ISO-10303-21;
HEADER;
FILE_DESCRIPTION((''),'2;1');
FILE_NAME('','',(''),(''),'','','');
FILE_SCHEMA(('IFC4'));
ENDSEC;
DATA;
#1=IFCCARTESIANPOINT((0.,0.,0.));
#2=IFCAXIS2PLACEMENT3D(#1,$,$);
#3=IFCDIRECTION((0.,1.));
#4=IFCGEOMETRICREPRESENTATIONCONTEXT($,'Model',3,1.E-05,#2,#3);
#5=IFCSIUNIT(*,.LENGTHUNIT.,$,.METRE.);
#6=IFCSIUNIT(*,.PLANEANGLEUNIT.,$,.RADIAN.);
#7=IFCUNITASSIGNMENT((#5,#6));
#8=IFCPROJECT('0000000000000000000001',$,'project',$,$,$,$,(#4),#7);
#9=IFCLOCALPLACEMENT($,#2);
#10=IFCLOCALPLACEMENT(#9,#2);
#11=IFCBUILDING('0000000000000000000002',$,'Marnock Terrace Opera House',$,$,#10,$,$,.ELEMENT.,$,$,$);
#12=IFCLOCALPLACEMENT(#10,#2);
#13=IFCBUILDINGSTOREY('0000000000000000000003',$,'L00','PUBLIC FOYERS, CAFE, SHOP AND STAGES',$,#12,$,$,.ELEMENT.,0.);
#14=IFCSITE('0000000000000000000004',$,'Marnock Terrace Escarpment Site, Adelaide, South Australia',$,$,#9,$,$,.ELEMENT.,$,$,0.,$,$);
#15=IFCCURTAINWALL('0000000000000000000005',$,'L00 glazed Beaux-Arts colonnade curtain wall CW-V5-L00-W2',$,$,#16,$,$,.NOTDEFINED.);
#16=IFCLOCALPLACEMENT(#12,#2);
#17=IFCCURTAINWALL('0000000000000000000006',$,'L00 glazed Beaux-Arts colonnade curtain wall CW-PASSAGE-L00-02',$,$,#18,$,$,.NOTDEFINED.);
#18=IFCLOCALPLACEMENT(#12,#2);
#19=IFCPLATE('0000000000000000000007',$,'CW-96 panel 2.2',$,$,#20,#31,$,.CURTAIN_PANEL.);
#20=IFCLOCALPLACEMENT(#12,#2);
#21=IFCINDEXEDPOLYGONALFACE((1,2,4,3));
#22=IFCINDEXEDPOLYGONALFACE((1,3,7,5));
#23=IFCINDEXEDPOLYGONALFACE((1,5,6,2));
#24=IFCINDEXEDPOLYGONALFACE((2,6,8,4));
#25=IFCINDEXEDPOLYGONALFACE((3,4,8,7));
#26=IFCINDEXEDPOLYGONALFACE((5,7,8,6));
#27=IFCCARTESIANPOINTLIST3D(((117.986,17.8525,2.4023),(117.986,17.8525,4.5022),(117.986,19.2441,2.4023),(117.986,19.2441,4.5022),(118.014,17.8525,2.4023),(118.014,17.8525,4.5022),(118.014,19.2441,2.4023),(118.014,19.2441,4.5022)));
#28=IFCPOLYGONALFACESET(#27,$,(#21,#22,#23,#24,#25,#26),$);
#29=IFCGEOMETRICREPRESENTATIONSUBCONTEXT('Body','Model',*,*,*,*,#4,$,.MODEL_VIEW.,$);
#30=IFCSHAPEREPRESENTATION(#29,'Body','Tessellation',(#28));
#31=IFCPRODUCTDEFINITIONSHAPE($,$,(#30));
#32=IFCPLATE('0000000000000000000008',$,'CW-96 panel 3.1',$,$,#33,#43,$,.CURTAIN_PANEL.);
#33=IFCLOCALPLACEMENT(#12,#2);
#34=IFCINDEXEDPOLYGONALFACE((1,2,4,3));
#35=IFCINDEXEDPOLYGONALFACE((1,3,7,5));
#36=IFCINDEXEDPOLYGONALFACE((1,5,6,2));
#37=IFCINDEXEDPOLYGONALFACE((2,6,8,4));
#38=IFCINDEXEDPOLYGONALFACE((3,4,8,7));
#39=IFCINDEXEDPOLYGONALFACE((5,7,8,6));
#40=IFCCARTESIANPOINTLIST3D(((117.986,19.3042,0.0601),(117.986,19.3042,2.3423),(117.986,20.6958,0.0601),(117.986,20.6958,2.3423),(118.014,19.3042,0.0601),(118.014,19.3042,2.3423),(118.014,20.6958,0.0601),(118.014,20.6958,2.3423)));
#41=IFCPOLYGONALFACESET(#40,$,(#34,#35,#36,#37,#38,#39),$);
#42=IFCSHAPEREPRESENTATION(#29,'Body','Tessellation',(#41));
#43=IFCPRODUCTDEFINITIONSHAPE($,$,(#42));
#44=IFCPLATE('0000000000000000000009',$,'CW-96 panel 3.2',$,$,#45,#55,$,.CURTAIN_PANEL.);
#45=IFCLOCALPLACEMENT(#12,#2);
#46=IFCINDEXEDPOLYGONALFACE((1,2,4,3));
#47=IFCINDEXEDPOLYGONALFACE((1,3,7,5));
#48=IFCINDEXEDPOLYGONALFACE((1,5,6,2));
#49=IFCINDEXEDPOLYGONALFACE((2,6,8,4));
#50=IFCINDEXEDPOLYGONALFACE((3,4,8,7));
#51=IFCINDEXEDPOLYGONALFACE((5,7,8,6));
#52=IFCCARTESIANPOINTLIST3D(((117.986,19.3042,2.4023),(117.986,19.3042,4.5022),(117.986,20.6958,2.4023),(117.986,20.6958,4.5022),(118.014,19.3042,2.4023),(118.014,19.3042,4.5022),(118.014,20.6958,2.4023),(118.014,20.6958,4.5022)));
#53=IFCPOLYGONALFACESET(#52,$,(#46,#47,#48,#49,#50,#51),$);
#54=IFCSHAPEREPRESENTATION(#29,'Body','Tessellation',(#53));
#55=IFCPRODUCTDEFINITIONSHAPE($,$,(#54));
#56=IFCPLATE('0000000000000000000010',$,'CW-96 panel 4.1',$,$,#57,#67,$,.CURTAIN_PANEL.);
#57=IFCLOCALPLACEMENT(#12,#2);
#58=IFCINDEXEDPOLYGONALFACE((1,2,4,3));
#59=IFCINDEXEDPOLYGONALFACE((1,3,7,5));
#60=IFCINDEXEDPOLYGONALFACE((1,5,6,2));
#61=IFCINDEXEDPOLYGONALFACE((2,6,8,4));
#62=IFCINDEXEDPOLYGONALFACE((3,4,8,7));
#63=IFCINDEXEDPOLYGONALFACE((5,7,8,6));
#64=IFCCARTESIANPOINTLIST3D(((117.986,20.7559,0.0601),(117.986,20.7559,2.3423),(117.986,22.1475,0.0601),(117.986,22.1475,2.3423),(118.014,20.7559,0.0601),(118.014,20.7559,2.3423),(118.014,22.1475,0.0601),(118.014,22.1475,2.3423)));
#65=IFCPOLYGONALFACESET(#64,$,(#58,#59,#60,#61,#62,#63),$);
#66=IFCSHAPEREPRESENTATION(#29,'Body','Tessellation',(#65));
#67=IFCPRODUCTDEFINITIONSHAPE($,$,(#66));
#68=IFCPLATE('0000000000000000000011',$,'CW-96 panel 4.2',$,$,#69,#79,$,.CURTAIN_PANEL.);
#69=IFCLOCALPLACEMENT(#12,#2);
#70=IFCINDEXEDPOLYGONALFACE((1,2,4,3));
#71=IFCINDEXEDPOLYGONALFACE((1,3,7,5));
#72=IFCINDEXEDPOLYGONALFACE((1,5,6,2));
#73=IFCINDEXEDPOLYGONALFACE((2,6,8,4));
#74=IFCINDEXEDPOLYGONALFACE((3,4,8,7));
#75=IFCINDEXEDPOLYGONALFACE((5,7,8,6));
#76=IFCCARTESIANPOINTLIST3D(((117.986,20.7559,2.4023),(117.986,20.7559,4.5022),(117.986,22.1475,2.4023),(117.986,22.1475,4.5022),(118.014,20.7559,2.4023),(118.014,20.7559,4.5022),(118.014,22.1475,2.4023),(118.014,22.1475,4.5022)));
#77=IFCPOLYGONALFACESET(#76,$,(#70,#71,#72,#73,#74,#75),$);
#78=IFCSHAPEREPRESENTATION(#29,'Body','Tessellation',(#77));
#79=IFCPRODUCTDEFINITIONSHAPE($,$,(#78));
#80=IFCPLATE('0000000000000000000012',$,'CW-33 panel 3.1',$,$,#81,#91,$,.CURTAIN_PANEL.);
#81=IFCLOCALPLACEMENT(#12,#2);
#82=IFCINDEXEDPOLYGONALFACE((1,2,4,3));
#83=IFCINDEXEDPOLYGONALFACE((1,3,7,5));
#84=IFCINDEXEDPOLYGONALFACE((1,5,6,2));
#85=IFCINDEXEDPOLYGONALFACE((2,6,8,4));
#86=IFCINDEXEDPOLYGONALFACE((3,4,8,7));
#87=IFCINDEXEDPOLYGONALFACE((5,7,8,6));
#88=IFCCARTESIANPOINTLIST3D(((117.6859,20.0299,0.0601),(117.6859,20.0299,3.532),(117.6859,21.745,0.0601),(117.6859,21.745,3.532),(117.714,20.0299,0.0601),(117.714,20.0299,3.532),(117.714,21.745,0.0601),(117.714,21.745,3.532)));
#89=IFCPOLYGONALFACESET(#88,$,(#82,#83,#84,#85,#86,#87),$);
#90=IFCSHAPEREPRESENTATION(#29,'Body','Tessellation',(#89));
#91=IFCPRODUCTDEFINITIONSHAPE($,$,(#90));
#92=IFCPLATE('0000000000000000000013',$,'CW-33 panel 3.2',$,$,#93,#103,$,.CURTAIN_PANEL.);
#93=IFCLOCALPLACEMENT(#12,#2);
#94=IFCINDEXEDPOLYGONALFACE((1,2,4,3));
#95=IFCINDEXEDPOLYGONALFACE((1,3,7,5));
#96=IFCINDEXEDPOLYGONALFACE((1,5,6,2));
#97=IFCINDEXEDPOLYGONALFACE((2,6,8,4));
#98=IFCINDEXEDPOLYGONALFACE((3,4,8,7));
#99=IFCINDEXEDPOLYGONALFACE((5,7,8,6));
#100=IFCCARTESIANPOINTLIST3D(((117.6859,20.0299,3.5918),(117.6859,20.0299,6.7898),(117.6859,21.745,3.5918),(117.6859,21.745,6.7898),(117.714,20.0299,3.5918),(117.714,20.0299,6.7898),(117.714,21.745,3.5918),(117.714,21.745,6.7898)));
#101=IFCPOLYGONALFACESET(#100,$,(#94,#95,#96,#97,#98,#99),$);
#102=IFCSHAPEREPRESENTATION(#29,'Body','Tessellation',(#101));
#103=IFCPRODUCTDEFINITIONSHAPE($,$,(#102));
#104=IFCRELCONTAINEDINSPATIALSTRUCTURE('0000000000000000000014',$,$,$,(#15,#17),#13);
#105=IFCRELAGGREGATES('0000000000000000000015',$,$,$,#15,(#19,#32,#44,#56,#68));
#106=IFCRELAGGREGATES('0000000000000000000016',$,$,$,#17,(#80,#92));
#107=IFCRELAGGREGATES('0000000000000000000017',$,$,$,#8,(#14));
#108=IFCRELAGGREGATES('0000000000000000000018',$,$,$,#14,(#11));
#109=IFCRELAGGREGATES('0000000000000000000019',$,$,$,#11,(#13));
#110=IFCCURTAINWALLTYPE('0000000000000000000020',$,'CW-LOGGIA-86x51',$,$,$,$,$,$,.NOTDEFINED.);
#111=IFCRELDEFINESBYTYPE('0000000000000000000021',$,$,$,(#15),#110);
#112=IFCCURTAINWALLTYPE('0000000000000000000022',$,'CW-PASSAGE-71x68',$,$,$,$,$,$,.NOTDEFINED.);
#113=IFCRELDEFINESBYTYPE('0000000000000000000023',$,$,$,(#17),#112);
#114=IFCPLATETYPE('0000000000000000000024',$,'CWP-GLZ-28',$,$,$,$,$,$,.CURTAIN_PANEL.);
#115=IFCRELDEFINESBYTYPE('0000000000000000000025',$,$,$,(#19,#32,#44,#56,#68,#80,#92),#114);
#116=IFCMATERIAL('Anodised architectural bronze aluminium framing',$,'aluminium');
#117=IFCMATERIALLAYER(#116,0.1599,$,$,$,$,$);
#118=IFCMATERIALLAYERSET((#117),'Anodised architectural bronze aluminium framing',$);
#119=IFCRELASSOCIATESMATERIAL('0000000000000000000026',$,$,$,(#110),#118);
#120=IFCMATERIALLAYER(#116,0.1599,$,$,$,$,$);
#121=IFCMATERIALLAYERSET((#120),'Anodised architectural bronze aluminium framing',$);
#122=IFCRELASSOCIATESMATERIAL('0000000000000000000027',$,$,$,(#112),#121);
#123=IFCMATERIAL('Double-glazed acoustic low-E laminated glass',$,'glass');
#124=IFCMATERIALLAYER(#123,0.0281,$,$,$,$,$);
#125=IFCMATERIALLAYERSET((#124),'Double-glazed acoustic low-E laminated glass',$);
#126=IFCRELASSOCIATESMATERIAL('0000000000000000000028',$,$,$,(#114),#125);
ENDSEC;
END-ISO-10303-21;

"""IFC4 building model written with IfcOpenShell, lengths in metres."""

from ifc_helpers import new_model, si_unit, direction, frame, origin, origin_2d, place, context, subcontext, project, spatial, rectangle, extrude, material, layer, layer_set, type_object, element, aggregate, save


model = new_model("IFC4")

# Units and contexts
model_context = context("Model", 3, precision=1e-05, world=origin(), true_north=direction((0.0, 1.0)))
body_context = subcontext(model_context, "Body", "Model", "MODEL_VIEW")
ifc_project = project(units=[si_unit("LENGTHUNIT", "METRE"), si_unit("PLANEANGLEUNIT", "RADIAN")], contexts=[model_context])

# Site, building, storey
site_placement = place(None, origin())
site = spatial("IfcSite", under=ifc_project, at=site_placement, Name="Marnock Terrace Escarpment Site, Adelaide, South Australia", CompositionType="ELEMENT", RefElevation=0.0)
building_placement = place(site_placement, origin())
building = spatial("IfcBuilding", under=site, at=building_placement, Name="Marnock Terrace Opera House", CompositionType="ELEMENT")
storey_placement = place(building_placement, origin())
storey = spatial("IfcBuildingStorey", under=building, at=storey_placement, Name="L00", Description="PUBLIC FOYERS, CAFE, SHOP AND STAGES", CompositionType="ELEMENT", Elevation=0.0)

# Curtain walls
ifc_material_1 = material(Name="Anodised architectural bronze aluminium framing", Category="aluminium")
ifc_layer_1 = layer(ifc_material_1, 0.1599)
ifc_layer_set_1 = layer_set([ifc_layer_1], Name="Anodised architectural bronze aluminium framing")
curtain_wall_type_1 = type_object("IfcCurtainWallType", Name="CW-LOGGIA-86x51", PredefinedType="NOTDEFINED", material=ifc_layer_set_1)
curtain_wall_1_placement = place(storey_placement, origin())
curtain_wall_1 = element("IfcCurtainWall", 1, at=curtain_wall_1_placement, inside=storey, type_object=curtain_wall_type_1, Name="L00 glazed Beaux-Arts colonnade curtain wall CW-V5-L00-W2", PredefinedType="NOTDEFINED")
ifc_layer_2 = layer(ifc_material_1, 0.1599)
ifc_layer_set_2 = layer_set([ifc_layer_2], Name="Anodised architectural bronze aluminium framing")
curtain_wall_type_2 = type_object("IfcCurtainWallType", Name="CW-PASSAGE-71x68", PredefinedType="NOTDEFINED", material=ifc_layer_set_2)
curtain_wall_2_placement = place(storey_placement, origin())
curtain_wall_2 = element("IfcCurtainWall", 2, at=curtain_wall_2_placement, inside=storey, type_object=curtain_wall_type_2, Name="L00 glazed Beaux-Arts colonnade curtain wall CW-PASSAGE-L00-02", PredefinedType="NOTDEFINED")

# Plates
ifc_material_2 = material(Name="Double-glazed acoustic low-E laminated glass", Category="glass")
ifc_layer_3 = layer(ifc_material_2, 0.0281)
ifc_layer_set_3 = layer_set([ifc_layer_3], Name="Double-glazed acoustic low-E laminated glass")
plate_type = type_object("IfcPlateType", Name="CWP-GLZ-28", PredefinedType="CURTAIN_PANEL", material=ifc_layer_set_3)
plate_1_placement = place(storey_placement, frame((118.0, 18.5483, 2.4023), z_axis=(0.0, 0.0, 1.0), x_axis=(0.0, 1.0, 0.0)))
plate_1 = element("IfcPlate", 3, at=plate_1_placement, type_object=plate_type, Name="CW-96 panel 2.2", PredefinedType="CURTAIN_PANEL", context=body_context, shape_type="SweptSolid", body=[
    extrude(rectangle(XDim=1.3916, YDim=0.0281, at=origin_2d()), origin(), (0.0, 0.0, 1.0), 2.0999),
])
plate_2_placement = place(storey_placement, frame((118.0, 20.0, 0.0601), z_axis=(0.0, 0.0, 1.0), x_axis=(0.0, 1.0, 0.0)))
plate_2 = element("IfcPlate", 4, at=plate_2_placement, type_object=plate_type, Name="CW-96 panel 3.1", PredefinedType="CURTAIN_PANEL", context=body_context, shape_type="SweptSolid", body=[
    extrude(rectangle(XDim=1.3916, YDim=0.0281, at=origin_2d()), origin(), (0.0, 0.0, 1.0), 2.2822),
])
plate_3_placement = place(storey_placement, frame((118.0, 20.0, 2.4023), z_axis=(0.0, 0.0, 1.0), x_axis=(0.0, 1.0, 0.0)))
plate_3 = element("IfcPlate", 5, at=plate_3_placement, type_object=plate_type, Name="CW-96 panel 3.2", PredefinedType="CURTAIN_PANEL", context=body_context, shape_type="SweptSolid", body=[
    extrude(rectangle(XDim=1.3916, YDim=0.0281, at=origin_2d()), origin(), (0.0, 0.0, 1.0), 2.0999),
])
plate_4_placement = place(storey_placement, frame((118.0, 21.4517, 0.0601), z_axis=(0.0, 0.0, 1.0), x_axis=(0.0, 1.0, 0.0)))
plate_4 = element("IfcPlate", 6, at=plate_4_placement, type_object=plate_type, Name="CW-96 panel 4.1", PredefinedType="CURTAIN_PANEL", context=body_context, shape_type="SweptSolid", body=[
    extrude(rectangle(XDim=1.3916, YDim=0.0281, at=origin_2d()), origin(), (0.0, 0.0, 1.0), 2.2822),
])
plate_5_placement = place(storey_placement, frame((118.0, 21.4517, 2.4023), z_axis=(0.0, 0.0, 1.0), x_axis=(0.0, 1.0, 0.0)))
plate_5 = element("IfcPlate", 7, at=plate_5_placement, type_object=plate_type, Name="CW-96 panel 4.2", PredefinedType="CURTAIN_PANEL", context=body_context, shape_type="SweptSolid", body=[
    extrude(rectangle(XDim=1.3916, YDim=0.0281, at=origin_2d()), origin(), (0.0, 0.0, 1.0), 2.0999),
])
aggregate(curtain_wall_1, [plate_1, plate_2, plate_3, plate_4, plate_5])
plate_6_placement = place(storey_placement, frame((117.7, 20.8875, 0.0601), z_axis=(0.0, 0.0, 1.0), x_axis=(0.0, 1.0, 0.0)))
plate_6 = element("IfcPlate", 8, at=plate_6_placement, type_object=plate_type, Name="CW-33 panel 3.1", PredefinedType="CURTAIN_PANEL", context=body_context, shape_type="SweptSolid", body=[
    extrude(rectangle(XDim=1.7151, YDim=0.0281, at=origin_2d()), origin(), (0.0, 0.0, 1.0), 3.4719),
])
plate_7_placement = place(storey_placement, frame((117.7, 20.8875, 3.5918), z_axis=(0.0, 0.0, 1.0), x_axis=(0.0, 1.0, 0.0)))
plate_7 = element("IfcPlate", 9, at=plate_7_placement, type_object=plate_type, Name="CW-33 panel 3.2", PredefinedType="CURTAIN_PANEL", context=body_context, shape_type="SweptSolid", body=[
    extrude(rectangle(XDim=1.7151, YDim=0.0281, at=origin_2d()), origin(), (0.0, 0.0, 1.0), 3.198),
])
aggregate(curtain_wall_2, [plate_6, plate_7])

save(model, "model.ifc")
